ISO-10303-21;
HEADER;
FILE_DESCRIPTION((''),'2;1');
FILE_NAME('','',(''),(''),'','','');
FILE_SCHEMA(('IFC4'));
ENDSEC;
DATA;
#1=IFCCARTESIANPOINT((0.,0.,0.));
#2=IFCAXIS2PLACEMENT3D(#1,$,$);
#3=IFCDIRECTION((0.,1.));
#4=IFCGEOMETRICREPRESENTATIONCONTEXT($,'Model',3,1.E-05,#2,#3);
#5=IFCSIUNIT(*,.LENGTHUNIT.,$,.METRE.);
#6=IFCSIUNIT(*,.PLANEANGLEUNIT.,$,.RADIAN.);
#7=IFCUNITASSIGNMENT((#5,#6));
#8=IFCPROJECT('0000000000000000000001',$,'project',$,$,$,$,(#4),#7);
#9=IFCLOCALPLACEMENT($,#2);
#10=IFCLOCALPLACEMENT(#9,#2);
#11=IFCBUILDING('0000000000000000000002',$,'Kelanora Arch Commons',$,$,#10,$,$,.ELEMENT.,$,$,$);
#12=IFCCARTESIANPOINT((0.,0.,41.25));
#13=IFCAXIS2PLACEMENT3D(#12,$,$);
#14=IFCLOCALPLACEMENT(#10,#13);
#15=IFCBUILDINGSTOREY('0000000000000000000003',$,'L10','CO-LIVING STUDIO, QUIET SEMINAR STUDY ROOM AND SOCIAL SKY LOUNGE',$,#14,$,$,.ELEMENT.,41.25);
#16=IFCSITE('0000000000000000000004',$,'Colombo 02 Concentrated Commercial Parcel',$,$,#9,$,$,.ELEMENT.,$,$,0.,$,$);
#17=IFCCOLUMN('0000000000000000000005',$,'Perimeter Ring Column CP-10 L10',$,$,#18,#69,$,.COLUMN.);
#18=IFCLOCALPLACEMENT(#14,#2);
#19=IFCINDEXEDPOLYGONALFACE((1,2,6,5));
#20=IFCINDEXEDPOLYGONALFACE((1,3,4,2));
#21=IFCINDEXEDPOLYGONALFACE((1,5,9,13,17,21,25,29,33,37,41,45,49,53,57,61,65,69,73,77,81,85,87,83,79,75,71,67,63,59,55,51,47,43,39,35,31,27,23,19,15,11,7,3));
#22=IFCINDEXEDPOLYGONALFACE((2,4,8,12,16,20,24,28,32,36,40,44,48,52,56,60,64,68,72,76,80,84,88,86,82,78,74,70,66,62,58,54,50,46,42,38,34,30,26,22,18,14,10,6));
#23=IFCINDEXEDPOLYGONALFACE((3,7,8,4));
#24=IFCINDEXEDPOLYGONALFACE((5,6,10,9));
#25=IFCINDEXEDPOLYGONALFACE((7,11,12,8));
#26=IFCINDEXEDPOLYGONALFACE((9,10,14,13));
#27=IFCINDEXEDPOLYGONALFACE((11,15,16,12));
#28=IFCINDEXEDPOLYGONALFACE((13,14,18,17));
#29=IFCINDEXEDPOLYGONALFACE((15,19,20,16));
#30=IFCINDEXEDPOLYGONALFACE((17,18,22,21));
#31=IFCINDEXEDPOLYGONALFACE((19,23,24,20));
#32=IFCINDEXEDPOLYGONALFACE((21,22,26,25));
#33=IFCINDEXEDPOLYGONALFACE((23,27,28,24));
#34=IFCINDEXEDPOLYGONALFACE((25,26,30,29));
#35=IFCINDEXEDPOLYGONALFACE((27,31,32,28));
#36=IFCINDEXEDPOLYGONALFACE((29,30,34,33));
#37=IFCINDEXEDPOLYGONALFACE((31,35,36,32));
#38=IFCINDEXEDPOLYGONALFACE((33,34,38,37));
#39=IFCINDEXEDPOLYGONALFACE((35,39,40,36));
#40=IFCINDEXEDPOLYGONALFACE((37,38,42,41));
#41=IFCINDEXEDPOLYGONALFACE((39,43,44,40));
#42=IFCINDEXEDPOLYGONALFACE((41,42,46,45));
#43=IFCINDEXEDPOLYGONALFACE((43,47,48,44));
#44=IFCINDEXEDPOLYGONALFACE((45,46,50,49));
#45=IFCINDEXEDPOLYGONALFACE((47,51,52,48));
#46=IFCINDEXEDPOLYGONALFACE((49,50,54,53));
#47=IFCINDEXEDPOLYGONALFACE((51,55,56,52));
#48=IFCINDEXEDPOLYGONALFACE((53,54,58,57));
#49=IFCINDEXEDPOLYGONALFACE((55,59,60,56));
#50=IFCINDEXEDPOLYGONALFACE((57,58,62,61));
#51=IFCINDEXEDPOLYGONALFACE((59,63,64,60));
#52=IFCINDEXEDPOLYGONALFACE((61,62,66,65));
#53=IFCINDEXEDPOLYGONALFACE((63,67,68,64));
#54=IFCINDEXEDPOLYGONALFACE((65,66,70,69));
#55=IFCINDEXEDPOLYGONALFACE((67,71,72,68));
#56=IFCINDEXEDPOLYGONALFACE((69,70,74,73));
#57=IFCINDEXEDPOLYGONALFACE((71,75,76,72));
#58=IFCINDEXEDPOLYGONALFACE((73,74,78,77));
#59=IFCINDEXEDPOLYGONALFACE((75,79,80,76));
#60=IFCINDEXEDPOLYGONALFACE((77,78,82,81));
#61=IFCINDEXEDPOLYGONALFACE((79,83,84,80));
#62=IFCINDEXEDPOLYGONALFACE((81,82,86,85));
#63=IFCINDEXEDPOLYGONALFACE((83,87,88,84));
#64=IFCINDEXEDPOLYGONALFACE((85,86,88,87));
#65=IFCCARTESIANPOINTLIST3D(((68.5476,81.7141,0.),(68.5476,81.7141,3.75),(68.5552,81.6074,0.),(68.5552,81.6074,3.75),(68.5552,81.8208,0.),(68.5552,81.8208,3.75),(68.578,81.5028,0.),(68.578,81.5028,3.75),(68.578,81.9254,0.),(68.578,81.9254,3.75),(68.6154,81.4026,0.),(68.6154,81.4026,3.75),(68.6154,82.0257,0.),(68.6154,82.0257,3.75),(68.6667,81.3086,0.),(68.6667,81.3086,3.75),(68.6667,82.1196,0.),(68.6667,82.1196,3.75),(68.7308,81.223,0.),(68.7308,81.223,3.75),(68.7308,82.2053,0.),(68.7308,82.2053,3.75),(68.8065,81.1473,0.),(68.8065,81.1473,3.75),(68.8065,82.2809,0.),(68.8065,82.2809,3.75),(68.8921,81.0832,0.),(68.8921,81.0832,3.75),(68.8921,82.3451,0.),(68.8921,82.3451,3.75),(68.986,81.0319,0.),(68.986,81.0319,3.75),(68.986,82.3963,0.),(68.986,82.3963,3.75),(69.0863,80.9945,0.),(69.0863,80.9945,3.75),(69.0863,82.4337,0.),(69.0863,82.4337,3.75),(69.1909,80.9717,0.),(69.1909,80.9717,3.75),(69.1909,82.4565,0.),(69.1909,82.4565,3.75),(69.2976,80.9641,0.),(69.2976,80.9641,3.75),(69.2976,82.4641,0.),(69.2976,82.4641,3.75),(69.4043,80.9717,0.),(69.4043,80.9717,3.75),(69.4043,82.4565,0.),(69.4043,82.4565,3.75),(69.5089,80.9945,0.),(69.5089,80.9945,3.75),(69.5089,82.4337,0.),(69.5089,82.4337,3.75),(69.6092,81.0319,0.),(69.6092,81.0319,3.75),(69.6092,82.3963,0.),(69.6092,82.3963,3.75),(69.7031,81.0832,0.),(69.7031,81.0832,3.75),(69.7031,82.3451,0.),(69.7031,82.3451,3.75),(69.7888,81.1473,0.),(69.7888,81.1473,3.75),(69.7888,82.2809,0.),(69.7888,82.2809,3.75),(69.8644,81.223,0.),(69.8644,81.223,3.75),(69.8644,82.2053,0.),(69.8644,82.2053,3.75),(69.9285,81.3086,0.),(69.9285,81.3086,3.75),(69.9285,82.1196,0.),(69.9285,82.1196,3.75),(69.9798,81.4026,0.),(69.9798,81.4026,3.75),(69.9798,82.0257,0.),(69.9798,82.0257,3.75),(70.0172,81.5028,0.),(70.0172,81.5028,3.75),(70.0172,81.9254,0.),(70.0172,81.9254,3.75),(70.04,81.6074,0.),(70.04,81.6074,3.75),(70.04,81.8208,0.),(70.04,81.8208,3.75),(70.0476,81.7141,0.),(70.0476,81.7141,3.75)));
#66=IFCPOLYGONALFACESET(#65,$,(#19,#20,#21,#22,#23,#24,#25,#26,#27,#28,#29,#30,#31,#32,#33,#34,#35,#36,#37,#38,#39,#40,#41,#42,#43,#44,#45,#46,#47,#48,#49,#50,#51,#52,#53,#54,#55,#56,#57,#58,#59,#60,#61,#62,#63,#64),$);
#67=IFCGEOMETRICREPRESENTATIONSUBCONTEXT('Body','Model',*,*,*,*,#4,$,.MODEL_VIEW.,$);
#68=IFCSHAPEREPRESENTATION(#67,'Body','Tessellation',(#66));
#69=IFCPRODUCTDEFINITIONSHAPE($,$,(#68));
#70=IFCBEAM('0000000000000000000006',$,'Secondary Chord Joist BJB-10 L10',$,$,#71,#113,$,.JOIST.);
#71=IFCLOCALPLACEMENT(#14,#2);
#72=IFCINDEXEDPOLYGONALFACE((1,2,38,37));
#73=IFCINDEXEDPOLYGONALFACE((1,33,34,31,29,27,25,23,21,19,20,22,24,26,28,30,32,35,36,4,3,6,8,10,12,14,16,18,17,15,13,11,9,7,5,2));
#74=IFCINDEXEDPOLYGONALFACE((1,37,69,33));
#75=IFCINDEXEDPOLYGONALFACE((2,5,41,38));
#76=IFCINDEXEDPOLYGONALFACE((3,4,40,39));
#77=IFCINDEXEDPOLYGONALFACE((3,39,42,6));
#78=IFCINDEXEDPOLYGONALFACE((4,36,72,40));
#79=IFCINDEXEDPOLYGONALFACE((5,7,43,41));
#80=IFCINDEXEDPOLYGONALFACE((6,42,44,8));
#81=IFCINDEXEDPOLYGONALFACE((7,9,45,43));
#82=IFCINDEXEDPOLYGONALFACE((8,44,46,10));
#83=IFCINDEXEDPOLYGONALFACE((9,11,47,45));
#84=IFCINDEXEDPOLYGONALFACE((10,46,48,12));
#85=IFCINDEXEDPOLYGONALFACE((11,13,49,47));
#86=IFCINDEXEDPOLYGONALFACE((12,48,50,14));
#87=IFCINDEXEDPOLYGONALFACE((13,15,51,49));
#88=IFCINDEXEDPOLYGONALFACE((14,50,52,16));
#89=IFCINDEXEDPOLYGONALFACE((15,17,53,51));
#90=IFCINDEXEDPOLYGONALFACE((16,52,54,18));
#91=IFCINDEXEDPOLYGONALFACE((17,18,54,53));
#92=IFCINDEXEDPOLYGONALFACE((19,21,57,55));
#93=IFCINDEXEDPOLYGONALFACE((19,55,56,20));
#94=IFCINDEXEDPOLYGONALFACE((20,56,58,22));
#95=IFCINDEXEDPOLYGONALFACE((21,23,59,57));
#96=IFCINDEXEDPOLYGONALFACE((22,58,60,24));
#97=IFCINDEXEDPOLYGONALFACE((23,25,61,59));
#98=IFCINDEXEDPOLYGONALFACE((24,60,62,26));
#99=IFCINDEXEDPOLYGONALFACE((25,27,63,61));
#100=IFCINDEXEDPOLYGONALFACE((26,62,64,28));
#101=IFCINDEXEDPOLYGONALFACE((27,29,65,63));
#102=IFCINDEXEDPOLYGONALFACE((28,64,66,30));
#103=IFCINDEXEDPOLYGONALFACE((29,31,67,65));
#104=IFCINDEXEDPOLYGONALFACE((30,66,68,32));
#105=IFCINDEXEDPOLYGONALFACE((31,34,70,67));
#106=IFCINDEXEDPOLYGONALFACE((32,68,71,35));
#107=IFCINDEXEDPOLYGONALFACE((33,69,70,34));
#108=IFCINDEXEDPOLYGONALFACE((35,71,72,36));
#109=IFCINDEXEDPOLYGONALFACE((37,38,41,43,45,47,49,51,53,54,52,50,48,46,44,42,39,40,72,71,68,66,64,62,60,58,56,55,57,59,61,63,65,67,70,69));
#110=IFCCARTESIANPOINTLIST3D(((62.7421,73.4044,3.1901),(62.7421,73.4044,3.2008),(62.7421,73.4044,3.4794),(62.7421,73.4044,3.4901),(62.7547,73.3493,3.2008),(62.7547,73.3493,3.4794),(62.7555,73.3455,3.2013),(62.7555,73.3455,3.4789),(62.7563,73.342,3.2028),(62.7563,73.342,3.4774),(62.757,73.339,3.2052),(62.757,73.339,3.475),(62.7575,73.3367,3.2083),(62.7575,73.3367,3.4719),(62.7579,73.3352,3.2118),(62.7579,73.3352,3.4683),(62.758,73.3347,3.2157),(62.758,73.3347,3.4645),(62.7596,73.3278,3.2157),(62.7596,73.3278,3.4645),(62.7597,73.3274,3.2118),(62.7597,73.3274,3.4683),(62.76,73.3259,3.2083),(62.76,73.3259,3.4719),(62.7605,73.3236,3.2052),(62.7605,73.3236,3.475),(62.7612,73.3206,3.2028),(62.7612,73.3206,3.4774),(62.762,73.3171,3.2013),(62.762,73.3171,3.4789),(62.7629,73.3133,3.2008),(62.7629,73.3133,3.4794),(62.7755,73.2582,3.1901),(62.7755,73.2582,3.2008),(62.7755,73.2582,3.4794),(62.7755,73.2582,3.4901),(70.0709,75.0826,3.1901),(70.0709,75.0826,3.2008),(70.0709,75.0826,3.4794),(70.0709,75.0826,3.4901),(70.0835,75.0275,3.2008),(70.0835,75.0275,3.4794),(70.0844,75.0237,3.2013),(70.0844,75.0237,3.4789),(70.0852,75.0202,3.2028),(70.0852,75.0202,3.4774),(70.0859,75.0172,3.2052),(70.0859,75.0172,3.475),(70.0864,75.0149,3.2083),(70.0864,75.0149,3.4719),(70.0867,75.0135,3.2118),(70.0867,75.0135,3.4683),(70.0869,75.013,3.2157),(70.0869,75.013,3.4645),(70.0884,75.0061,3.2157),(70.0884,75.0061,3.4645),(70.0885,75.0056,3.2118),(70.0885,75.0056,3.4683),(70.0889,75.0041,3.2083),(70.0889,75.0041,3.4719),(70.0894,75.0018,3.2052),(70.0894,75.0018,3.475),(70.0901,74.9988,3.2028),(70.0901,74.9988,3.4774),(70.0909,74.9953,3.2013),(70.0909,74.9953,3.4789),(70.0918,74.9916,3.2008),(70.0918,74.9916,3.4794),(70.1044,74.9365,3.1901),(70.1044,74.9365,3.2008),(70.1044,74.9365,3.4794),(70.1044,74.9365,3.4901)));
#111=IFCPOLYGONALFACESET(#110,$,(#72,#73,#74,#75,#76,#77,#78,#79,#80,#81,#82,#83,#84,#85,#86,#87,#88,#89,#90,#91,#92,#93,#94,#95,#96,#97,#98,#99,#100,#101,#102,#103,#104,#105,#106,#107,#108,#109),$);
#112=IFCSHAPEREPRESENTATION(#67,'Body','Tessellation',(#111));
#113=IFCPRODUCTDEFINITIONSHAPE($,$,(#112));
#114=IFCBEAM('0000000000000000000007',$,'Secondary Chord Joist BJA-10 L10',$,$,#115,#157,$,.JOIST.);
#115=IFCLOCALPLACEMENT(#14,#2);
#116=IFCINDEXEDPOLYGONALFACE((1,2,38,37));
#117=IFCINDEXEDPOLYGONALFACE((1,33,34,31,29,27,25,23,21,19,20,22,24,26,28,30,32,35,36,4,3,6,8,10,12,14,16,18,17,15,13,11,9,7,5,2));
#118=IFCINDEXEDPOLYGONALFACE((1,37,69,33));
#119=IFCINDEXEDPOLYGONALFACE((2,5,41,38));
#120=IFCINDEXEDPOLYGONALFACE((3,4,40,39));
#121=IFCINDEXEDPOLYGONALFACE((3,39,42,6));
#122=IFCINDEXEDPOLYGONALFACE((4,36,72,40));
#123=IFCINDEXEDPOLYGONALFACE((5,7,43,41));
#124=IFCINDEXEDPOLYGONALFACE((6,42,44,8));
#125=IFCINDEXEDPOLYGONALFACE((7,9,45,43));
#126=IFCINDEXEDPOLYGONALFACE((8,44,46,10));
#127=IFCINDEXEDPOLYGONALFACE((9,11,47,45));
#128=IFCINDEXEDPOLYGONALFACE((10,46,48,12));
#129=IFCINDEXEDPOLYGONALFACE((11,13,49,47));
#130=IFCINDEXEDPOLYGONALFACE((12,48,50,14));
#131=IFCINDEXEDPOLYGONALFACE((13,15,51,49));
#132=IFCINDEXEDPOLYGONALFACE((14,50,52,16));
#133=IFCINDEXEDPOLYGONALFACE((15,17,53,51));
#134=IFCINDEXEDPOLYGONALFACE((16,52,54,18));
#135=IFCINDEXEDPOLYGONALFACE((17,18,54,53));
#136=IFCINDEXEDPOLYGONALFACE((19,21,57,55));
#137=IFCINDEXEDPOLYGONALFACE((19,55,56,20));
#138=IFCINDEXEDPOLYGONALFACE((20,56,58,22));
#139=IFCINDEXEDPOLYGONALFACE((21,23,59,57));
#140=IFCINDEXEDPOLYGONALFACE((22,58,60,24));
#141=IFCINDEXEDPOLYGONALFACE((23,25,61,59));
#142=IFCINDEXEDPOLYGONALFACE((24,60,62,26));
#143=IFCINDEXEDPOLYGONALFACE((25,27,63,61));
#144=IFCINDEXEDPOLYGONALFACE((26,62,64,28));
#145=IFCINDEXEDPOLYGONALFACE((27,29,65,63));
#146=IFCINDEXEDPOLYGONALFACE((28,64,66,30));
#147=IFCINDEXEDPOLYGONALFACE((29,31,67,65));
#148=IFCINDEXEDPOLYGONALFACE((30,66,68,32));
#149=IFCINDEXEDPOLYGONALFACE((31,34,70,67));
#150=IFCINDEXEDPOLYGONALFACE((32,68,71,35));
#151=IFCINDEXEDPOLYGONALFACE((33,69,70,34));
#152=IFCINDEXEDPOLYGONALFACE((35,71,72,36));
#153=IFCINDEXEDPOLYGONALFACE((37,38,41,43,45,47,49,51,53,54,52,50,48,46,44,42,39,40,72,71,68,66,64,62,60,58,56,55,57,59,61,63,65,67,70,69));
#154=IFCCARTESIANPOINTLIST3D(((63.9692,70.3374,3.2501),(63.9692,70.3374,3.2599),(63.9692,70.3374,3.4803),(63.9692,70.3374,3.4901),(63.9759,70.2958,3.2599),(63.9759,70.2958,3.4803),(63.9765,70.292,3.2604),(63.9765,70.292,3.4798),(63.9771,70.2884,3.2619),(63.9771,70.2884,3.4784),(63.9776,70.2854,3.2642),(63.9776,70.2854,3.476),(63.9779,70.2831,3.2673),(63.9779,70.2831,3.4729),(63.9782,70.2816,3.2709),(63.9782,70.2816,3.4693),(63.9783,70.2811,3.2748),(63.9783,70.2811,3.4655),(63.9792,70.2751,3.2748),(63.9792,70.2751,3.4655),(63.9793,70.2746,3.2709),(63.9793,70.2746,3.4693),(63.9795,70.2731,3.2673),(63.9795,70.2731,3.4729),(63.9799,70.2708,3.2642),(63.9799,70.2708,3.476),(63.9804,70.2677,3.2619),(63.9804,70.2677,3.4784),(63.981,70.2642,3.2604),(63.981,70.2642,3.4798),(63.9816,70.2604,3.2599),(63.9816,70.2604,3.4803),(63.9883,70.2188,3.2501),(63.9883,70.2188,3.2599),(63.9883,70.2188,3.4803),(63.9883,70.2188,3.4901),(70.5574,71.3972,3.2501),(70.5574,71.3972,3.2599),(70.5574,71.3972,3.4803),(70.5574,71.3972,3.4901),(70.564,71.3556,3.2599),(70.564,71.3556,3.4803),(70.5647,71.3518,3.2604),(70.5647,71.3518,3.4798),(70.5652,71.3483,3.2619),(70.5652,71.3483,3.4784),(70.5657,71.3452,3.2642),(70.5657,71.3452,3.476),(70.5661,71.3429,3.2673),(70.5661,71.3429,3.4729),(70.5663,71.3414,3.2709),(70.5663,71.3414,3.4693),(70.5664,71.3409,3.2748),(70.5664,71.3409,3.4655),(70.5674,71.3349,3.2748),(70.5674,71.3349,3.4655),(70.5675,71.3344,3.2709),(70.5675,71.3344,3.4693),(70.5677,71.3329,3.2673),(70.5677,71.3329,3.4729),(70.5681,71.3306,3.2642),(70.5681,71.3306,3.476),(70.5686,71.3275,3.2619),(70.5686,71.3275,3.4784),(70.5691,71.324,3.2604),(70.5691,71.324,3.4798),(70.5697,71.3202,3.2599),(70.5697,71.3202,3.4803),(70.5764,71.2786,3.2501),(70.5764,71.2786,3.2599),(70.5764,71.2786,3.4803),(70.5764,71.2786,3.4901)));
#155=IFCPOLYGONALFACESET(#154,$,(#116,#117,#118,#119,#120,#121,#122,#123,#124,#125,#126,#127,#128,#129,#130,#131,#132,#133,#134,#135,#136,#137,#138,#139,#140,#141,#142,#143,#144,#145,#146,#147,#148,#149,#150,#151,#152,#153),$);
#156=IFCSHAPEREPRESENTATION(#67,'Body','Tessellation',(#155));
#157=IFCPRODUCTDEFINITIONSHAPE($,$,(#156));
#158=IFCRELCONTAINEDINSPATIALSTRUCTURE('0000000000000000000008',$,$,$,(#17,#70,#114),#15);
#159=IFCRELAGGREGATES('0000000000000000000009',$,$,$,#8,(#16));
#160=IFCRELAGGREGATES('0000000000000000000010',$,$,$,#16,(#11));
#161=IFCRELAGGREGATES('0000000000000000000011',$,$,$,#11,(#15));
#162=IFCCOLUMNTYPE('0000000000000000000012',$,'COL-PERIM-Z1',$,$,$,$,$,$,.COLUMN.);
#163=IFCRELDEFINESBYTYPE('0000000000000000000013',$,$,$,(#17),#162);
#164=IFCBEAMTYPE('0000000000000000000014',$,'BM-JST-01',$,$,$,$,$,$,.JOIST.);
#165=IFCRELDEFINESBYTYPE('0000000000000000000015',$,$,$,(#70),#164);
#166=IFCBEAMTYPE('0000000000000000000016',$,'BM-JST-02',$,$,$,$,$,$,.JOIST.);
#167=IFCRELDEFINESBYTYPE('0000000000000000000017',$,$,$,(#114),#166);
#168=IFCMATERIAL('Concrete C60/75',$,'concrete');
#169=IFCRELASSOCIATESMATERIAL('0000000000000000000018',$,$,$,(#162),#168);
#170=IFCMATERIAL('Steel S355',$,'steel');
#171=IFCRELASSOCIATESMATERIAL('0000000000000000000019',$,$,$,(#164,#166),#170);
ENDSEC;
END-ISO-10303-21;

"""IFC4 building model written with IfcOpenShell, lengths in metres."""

from ifc_helpers import new_model, si_unit, direction, frame, origin, origin_2d, place, context, subcontext, project, spatial, circle, i_section, extrude, material, material_profile, profile_set, type_object, element, save


model = new_model("IFC4")

# Units and contexts
model_context = context("Model", 3, precision=1e-05, world=origin(), true_north=direction((0.0, 1.0)))
body_context = subcontext(model_context, "Body", "Model", "MODEL_VIEW")
ifc_project = project(units=[si_unit("LENGTHUNIT", "METRE"), si_unit("PLANEANGLEUNIT", "RADIAN")], contexts=[model_context])

# Site, building, storey
site_placement = place(None, origin())
site = spatial("IfcSite", under=ifc_project, at=site_placement, Name="Colombo 02 Concentrated Commercial Parcel", CompositionType="ELEMENT", RefElevation=0.0)
building_placement = place(site_placement, origin())
building = spatial("IfcBuilding", under=site, at=building_placement, Name="Kelanora Arch Commons", CompositionType="ELEMENT")
storey_placement = place(building_placement, frame((0.0, 0.0, 41.25)))
storey = spatial("IfcBuildingStorey", under=building, at=storey_placement, Name="L10", Description="CO-LIVING STUDIO, QUIET SEMINAR STUDY ROOM AND SOCIAL SKY LOUNGE", CompositionType="ELEMENT", Elevation=41.25)

# Column
ifc_material_1 = material(Name="Concrete C60/75", Category="concrete")
ifc_material_profile_1 = material_profile(ifc_material_1, circle(Radius=0.75, at=origin_2d()), Name="RCC1500")
ifc_profile_set_1 = profile_set([ifc_material_profile_1], Name="Concrete C60/75")
column_type = type_object("IfcColumnType", Name="COL-PERIM-Z1", PredefinedType="COLUMN", material=ifc_profile_set_1)
column_placement = place(storey_placement, frame((69.2976, 81.7141, 0.0), z_axis=(0.0, 0.0, 1.0), x_axis=(1.0, 0.0, 0.0)))
element("IfcColumn", 1, at=column_placement, inside=storey, type_object=column_type, Name="Perimeter Ring Column CP-10 L10", PredefinedType="COLUMN", context=body_context, shape_type="SweptSolid", body=[
    extrude(circle(Radius=0.75, at=origin_2d()), origin(), (0.0, 0.0, 1.0), 3.75),
])

# Beams
ifc_material_2 = material(Name="Steel S355", Category="steel")
ifc_material_profile_2 = material_profile(ifc_material_2, i_section(OverallWidth=0.1499, OverallDepth=0.3, WebThickness=0.0071, FlangeThickness=0.0107, FilletRadius=0.0149, at=origin_2d()), Name="IPE300")
ifc_profile_set_2 = profile_set([ifc_material_profile_2], Name="Steel S355")
beam_type_1 = type_object("IfcBeamType", Name="BM-JST-01", PredefinedType="JOIST", material=ifc_profile_set_2)
beam_1_placement = place(storey_placement, frame((70.0876, 75.0095, 3.3401), z_axis=(-0.97477, -0.223211, 0.0), x_axis=(0.223211, -0.97477, 0.0)))
element("IfcBeam", 2, at=beam_1_placement, inside=storey, type_object=beam_type_1, Name="Secondary Chord Joist BJB-10 L10", PredefinedType="JOIST", context=body_context, shape_type="SweptSolid", body=[
    extrude(i_section(OverallWidth=0.1499, OverallDepth=0.3, WebThickness=0.0071, FlangeThickness=0.0107, FilletRadius=0.0149, at=origin_2d()), origin(), (0.0, 0.0, 1.0), 7.5186),
])
ifc_material_profile_3 = material_profile(ifc_material_2, i_section(OverallWidth=0.1201, OverallDepth=0.24, WebThickness=0.0061, FlangeThickness=0.0098, FilletRadius=0.0149, at=origin_2d()), Name="IPE240")
ifc_profile_set_3 = profile_set([ifc_material_profile_3], Name="Steel S355")
beam_type_2 = type_object("IfcBeamType", Name="BM-JST-02", PredefinedType="JOIST", material=ifc_profile_set_3)
beam_2_placement = place(storey_placement, frame((70.5669, 71.3379, 3.3701), z_axis=(-0.987307, -0.158825, 0.0), x_axis=(0.158825, -0.987307, 0.0)))
element("IfcBeam", 3, at=beam_2_placement, inside=storey, type_object=beam_type_2, Name="Secondary Chord Joist BJA-10 L10", PredefinedType="JOIST", context=body_context, shape_type="SweptSolid", body=[
    extrude(i_section(OverallWidth=0.1201, OverallDepth=0.24, WebThickness=0.0061, FlangeThickness=0.0098, FilletRadius=0.0149, at=origin_2d()), origin(), (0.0, 0.0, 1.0), 6.6729),
])

save(model, "model.ifc")
